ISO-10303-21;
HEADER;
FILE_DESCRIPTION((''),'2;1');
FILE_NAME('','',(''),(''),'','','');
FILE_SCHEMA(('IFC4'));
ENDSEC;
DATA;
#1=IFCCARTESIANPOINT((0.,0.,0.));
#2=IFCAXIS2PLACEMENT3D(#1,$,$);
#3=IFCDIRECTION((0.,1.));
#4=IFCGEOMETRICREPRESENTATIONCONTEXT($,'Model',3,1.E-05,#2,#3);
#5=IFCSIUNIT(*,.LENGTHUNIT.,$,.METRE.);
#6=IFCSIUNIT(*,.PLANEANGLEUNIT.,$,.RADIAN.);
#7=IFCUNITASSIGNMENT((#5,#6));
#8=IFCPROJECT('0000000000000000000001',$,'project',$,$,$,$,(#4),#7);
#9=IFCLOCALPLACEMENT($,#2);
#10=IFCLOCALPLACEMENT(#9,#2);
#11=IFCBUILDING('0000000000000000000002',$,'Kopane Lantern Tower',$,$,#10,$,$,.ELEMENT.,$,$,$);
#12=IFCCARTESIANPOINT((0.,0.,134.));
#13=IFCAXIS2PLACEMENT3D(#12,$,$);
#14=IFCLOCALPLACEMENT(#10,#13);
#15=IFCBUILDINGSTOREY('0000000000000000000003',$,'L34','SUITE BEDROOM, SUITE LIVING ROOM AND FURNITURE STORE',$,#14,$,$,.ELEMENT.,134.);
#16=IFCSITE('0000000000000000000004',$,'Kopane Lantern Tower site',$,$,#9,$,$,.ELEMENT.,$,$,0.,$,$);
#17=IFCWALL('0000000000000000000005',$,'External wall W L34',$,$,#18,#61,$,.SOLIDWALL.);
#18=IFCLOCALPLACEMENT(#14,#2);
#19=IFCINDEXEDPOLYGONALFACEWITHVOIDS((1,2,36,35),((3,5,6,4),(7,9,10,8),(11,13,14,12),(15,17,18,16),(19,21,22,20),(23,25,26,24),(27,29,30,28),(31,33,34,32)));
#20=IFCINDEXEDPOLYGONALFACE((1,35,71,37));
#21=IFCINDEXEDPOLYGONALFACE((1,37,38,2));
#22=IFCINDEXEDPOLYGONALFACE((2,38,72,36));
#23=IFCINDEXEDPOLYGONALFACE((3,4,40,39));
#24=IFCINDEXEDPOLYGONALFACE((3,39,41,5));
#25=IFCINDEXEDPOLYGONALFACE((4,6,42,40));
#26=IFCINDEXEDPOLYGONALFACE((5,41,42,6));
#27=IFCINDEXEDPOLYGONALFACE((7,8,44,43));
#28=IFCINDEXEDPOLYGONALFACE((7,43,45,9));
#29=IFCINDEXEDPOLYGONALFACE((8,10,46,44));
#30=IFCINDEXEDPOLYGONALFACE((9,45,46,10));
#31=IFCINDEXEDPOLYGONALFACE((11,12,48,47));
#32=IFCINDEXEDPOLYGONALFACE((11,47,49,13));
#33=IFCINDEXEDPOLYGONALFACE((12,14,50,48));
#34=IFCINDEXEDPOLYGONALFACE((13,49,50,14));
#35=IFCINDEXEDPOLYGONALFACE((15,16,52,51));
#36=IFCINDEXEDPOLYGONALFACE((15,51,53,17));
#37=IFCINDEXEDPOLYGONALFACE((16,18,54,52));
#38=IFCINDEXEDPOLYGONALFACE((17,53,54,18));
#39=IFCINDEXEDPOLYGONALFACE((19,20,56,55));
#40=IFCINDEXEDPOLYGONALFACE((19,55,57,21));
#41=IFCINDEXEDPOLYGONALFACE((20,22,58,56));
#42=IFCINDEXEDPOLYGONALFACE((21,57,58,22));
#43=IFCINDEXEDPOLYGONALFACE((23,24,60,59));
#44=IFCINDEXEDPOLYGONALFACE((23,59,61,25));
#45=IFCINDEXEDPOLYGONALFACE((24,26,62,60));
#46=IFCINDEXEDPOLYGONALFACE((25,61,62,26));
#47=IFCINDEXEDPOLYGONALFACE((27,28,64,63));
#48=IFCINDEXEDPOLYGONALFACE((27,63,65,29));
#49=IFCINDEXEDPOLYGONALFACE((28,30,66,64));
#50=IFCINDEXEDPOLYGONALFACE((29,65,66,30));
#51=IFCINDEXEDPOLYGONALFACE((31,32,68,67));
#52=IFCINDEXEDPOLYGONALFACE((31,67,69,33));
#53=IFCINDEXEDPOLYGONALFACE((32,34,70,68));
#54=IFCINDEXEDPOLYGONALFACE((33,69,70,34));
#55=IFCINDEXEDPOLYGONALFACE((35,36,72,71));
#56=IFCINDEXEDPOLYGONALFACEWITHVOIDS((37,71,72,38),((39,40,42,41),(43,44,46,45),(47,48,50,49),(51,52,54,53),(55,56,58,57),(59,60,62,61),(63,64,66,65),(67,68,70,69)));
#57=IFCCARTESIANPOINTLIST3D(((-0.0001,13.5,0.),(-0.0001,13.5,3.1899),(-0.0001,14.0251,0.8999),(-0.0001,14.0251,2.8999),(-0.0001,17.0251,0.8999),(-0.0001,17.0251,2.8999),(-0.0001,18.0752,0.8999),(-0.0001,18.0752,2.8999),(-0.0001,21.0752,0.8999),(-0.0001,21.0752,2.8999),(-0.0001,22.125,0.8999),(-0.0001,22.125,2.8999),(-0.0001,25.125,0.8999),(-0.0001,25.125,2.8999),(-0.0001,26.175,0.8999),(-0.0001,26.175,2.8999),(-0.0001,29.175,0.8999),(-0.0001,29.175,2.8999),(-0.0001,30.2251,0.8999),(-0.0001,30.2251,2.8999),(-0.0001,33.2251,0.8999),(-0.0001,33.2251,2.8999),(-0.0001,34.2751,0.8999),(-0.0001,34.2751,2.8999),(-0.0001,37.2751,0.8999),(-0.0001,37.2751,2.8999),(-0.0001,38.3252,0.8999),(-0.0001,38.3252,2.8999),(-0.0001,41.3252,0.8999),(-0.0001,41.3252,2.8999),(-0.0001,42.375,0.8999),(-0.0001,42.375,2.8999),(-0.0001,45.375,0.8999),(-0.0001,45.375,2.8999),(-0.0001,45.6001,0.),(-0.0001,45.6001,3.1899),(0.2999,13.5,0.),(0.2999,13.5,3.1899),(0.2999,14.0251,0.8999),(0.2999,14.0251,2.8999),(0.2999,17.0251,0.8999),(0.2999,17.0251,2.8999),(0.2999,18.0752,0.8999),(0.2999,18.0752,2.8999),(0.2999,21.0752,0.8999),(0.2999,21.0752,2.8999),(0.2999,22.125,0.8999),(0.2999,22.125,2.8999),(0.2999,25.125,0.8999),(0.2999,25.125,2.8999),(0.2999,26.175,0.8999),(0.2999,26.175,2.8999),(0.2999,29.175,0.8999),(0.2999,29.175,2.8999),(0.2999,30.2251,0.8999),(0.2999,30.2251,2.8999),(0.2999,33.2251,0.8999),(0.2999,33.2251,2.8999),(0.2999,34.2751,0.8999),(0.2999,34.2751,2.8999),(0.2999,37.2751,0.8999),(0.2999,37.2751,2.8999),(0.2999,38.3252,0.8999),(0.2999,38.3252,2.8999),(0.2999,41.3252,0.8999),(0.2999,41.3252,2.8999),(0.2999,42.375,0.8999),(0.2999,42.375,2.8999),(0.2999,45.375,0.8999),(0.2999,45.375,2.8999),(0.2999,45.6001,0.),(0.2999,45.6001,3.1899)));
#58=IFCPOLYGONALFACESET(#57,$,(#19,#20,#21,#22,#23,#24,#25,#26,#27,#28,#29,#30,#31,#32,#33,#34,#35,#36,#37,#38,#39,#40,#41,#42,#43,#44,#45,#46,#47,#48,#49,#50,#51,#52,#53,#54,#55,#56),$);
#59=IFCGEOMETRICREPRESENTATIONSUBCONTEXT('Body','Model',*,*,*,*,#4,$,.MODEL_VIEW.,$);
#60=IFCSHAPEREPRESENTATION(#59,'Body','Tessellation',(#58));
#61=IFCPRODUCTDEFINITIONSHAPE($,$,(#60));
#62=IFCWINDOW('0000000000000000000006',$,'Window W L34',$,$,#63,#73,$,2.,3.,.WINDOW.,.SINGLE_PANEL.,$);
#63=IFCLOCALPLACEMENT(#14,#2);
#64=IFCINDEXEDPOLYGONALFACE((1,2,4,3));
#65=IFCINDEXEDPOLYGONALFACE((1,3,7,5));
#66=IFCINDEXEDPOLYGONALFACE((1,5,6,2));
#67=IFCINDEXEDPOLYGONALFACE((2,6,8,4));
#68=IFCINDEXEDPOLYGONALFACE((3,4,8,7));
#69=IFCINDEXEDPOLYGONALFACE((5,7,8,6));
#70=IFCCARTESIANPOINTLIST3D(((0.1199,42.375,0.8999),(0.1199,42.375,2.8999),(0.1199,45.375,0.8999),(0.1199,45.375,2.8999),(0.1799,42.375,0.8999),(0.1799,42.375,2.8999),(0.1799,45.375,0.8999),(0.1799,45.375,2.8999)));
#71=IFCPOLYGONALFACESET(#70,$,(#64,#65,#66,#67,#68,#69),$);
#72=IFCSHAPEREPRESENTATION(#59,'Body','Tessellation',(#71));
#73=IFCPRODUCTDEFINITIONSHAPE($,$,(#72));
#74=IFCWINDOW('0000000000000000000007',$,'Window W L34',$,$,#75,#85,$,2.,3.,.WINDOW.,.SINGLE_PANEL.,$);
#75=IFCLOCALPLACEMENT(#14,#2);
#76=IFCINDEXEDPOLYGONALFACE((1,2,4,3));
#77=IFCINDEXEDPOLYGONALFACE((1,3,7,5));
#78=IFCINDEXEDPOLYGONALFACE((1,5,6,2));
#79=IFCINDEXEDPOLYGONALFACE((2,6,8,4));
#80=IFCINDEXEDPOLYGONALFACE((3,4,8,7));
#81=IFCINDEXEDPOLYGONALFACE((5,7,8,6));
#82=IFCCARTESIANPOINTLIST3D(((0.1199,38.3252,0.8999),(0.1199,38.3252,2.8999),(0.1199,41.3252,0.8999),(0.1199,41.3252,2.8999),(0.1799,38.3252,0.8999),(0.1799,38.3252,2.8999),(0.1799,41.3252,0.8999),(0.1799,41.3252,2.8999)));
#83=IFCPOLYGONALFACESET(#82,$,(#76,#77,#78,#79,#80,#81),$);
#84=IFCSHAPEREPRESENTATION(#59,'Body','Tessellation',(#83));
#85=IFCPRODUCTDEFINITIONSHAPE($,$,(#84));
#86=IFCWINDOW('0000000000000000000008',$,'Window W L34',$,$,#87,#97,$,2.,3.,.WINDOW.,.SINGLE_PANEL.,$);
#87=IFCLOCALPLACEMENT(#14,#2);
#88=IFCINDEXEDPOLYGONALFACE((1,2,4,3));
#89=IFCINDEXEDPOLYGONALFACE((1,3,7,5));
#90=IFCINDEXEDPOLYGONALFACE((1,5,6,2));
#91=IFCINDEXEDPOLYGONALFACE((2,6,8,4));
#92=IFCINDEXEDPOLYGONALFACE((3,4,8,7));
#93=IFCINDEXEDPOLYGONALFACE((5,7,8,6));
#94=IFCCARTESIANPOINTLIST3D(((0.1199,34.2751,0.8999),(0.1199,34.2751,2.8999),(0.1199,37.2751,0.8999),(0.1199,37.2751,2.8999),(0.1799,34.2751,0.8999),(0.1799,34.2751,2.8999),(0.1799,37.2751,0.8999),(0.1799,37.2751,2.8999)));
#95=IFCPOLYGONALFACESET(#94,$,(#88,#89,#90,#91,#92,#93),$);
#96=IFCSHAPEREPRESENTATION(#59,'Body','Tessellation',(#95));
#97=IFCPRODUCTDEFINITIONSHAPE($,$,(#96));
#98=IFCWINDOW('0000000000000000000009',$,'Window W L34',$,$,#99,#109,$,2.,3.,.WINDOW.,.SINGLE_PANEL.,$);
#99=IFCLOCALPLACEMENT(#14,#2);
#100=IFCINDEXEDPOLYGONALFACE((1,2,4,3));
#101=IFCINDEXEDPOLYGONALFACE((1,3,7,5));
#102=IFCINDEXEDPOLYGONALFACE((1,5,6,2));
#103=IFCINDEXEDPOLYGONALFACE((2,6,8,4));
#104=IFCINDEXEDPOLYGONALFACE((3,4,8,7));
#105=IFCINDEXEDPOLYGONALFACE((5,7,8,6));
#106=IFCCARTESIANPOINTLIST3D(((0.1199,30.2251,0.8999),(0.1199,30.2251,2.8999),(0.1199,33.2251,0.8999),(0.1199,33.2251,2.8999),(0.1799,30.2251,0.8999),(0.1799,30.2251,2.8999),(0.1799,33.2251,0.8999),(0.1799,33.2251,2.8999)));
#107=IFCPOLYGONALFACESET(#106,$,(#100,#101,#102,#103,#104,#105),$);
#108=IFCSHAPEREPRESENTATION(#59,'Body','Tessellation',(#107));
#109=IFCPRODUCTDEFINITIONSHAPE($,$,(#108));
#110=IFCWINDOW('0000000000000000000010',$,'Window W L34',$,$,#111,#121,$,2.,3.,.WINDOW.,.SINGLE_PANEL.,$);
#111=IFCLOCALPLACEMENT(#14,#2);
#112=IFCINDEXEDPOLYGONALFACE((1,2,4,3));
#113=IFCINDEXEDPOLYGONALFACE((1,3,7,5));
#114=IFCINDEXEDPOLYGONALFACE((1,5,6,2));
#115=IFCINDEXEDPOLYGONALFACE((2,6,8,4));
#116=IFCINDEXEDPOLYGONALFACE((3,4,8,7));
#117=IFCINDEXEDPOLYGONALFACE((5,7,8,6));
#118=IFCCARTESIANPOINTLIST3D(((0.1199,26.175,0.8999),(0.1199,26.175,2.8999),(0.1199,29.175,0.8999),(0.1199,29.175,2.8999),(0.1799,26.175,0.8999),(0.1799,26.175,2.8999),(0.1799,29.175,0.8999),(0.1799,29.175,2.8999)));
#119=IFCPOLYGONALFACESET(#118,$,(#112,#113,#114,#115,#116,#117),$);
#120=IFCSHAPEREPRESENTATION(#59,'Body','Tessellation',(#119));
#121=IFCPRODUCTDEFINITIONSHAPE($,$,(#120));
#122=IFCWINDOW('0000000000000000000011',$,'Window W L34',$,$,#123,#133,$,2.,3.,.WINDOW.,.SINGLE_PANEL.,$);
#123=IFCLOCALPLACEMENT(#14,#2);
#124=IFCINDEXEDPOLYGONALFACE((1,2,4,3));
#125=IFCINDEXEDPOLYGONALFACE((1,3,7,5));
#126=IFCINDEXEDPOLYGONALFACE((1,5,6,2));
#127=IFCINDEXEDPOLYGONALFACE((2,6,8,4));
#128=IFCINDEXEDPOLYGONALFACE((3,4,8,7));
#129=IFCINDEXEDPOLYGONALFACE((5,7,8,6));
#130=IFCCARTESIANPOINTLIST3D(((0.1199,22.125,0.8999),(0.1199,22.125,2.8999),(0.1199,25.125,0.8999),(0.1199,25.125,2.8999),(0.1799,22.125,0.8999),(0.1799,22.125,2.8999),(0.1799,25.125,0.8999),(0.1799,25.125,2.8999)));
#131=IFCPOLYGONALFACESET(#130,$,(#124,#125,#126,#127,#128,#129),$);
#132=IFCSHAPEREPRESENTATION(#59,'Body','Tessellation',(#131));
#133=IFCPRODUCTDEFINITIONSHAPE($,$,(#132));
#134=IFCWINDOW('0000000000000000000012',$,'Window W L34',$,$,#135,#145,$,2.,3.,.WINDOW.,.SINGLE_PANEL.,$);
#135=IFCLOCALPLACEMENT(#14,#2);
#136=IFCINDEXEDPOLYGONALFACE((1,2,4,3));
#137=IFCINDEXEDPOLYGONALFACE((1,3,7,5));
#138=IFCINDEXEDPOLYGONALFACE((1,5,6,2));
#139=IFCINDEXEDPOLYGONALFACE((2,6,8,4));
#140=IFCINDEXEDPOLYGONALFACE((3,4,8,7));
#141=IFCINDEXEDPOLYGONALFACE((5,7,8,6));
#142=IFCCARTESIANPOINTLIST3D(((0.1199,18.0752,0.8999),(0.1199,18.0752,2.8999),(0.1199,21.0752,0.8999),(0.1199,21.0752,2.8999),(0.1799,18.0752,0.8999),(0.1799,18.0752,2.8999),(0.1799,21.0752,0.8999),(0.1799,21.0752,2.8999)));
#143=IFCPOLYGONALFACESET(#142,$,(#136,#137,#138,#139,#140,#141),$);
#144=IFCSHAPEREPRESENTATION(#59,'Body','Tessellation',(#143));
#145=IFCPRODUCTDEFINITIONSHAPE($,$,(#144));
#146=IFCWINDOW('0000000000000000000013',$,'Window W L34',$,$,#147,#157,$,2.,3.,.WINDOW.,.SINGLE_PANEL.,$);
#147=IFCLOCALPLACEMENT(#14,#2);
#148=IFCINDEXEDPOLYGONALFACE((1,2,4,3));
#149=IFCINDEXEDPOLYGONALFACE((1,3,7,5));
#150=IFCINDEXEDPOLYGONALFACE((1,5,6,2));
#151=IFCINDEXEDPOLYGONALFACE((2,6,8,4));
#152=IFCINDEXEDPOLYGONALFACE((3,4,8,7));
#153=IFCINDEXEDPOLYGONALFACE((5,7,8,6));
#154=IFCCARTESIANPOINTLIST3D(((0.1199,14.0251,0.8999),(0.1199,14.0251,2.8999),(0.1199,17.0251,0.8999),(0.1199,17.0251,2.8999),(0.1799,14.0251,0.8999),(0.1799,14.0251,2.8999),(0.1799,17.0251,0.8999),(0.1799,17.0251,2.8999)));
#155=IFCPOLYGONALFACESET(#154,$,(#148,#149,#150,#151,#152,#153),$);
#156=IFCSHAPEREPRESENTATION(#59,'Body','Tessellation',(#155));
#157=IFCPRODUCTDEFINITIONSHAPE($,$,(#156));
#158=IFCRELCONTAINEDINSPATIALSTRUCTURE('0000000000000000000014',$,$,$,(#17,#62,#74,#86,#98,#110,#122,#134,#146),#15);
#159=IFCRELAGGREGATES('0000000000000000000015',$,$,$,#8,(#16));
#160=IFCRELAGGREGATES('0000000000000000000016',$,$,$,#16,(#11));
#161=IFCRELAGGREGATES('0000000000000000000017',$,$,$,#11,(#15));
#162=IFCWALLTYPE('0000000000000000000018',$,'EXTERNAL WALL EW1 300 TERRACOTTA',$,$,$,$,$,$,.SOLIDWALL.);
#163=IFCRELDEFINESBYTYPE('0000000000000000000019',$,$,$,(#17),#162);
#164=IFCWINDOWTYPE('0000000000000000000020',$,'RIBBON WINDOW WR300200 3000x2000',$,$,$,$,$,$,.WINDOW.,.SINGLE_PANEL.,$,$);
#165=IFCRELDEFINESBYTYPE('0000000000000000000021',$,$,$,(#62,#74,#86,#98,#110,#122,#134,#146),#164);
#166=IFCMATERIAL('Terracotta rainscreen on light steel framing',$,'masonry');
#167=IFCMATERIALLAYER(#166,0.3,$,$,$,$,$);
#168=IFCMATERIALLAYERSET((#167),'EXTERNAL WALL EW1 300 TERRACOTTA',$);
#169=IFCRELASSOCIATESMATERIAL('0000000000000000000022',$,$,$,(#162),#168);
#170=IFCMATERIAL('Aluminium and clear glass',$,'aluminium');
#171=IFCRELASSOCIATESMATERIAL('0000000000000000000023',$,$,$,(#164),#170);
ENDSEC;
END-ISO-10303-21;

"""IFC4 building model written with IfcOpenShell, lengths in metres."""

from ifc_helpers import new_model, si_unit, direction, frame, frame_2d, origin, place, context, subcontext, project, spatial, rectangle, extrude, material, layer, layer_set, type_object, element, fill, save


model = new_model("IFC4")

# Units and contexts
model_context = context("Model", 3, precision=1e-05, world=origin(), true_north=direction((0.0, 1.0)))
body_context = subcontext(model_context, "Body", "Model", "MODEL_VIEW")
ifc_project = project(units=[si_unit("LENGTHUNIT", "METRE"), si_unit("PLANEANGLEUNIT", "RADIAN")], contexts=[model_context])

# Site, building, storey
site_placement = place(None, origin())
site = spatial("IfcSite", under=ifc_project, at=site_placement, Name="Kopane Lantern Tower site", CompositionType="ELEMENT", RefElevation=0.0)
building_placement = place(site_placement, origin())
building = spatial("IfcBuilding", under=site, at=building_placement, Name="Kopane Lantern Tower", CompositionType="ELEMENT")
storey_placement = place(building_placement, frame((0.0, 0.0, 134.0)))
storey = spatial("IfcBuildingStorey", under=building, at=storey_placement, Name="L34", Description="SUITE BEDROOM, SUITE LIVING ROOM AND FURNITURE STORE", CompositionType="ELEMENT", Elevation=134.0)

# Shared definitions
ifc_material_1 = material(Name="Terracotta rainscreen on light steel framing", Category="masonry")
ifc_layer_1 = layer(ifc_material_1, 0.3)
ifc_layer_set_1 = layer_set([ifc_layer_1], Name="EXTERNAL WALL EW1 300 TERRACOTTA")
wall_type_1 = type_object("IfcWallType", Name="EXTERNAL WALL EW1 300 TERRACOTTA", PredefinedType="SOLIDWALL", material=ifc_layer_set_1)

# Wall, openings, windows
wall_1_placement = place(storey_placement, frame((0.1499, 45.6001, 0.0), z_axis=(0.0, 0.0, 1.0), x_axis=(0.0, -1.0, 0.0)))
wall_1 = element("IfcWall", 1, at=wall_1_placement, inside=storey, type_object=wall_type_1, Name="External wall W L34", PredefinedType="SOLIDWALL", context=body_context, shape_type="SweptSolid", body=[
    extrude(rectangle(XDim=32.1001, YDim=0.3, at=frame_2d((16.05, 0.0))), origin(), (0.0, 0.0, 1.0), 3.1899),
])
opening_1_placement = place(wall_1_placement, frame((0.2251, 0.0, 0.8999)))
opening_1 = element("IfcOpeningElement", 2, at=opening_1_placement, cuts=wall_1, PredefinedType="OPENING", context=body_context, shape_type="SweptSolid", body=[
    extrude(rectangle(XDim=3.0, YDim=2.0, at=frame_2d((1.5, 1.0))), frame((0.0, 0.1599, 0.0), z_axis=(0.0, -1.0, 0.0), x_axis=(1.0, 0.0, 0.0)), (0.0, 0.0, 1.0), 0.3201),
])
opening_2_placement = place(wall_1_placement, frame((4.2749, 0.0, 0.8999)))
opening_2 = element("IfcOpeningElement", 3, at=opening_2_placement, cuts=wall_1, PredefinedType="OPENING", context=body_context, shape_type="SweptSolid", body=[
    extrude(rectangle(XDim=3.0, YDim=2.0, at=frame_2d((1.5, 1.0))), frame((0.0, 0.1599, 0.0), z_axis=(0.0, -1.0, 0.0), x_axis=(1.0, 0.0, 0.0)), (0.0, 0.0, 1.0), 0.3201),
])
opening_3_placement = place(wall_1_placement, frame((8.325, 0.0, 0.8999)))
opening_3 = element("IfcOpeningElement", 4, at=opening_3_placement, cuts=wall_1, PredefinedType="OPENING", context=body_context, shape_type="SweptSolid", body=[
    extrude(rectangle(XDim=3.0, YDim=2.0, at=frame_2d((1.5, 1.0))), frame((0.0, 0.1599, 0.0), z_axis=(0.0, -1.0, 0.0), x_axis=(1.0, 0.0, 0.0)), (0.0, 0.0, 1.0), 0.3201),
])
opening_4_placement = place(wall_1_placement, frame((12.375, 0.0, 0.8999)))
opening_4 = element("IfcOpeningElement", 5, at=opening_4_placement, cuts=wall_1, PredefinedType="OPENING", context=body_context, shape_type="SweptSolid", body=[
    extrude(rectangle(XDim=3.0, YDim=2.0, at=frame_2d((1.5, 1.0))), frame((0.0, 0.1599, 0.0), z_axis=(0.0, -1.0, 0.0), x_axis=(1.0, 0.0, 0.0)), (0.0, 0.0, 1.0), 0.3201),
])
opening_5_placement = place(wall_1_placement, frame((16.425, 0.0, 0.8999)))
opening_5 = element("IfcOpeningElement", 6, at=opening_5_placement, cuts=wall_1, PredefinedType="OPENING", context=body_context, shape_type="SweptSolid", body=[
    extrude(rectangle(XDim=3.0, YDim=2.0, at=frame_2d((1.5, 1.0))), frame((0.0, 0.1599, 0.0), z_axis=(0.0, -1.0, 0.0), x_axis=(1.0, 0.0, 0.0)), (0.0, 0.0, 1.0), 0.3201),
])
opening_6_placement = place(wall_1_placement, frame((20.4751, 0.0, 0.8999)))
opening_6 = element("IfcOpeningElement", 7, at=opening_6_placement, cuts=wall_1, PredefinedType="OPENING", context=body_context, shape_type="SweptSolid", body=[
    extrude(rectangle(XDim=3.0, YDim=2.0, at=frame_2d((1.5, 1.0))), frame((0.0, 0.1599, 0.0), z_axis=(0.0, -1.0, 0.0), x_axis=(1.0, 0.0, 0.0)), (0.0, 0.0, 1.0), 0.3201),
])
opening_7_placement = place(wall_1_placement, frame((24.5249, 0.0, 0.8999)))
opening_7 = element("IfcOpeningElement", 8, at=opening_7_placement, cuts=wall_1, PredefinedType="OPENING", context=body_context, shape_type="SweptSolid", body=[
    extrude(rectangle(XDim=3.0, YDim=2.0, at=frame_2d((1.5, 1.0))), frame((0.0, 0.1599, 0.0), z_axis=(0.0, -1.0, 0.0), x_axis=(1.0, 0.0, 0.0)), (0.0, 0.0, 1.0), 0.3201),
])
opening_8_placement = place(wall_1_placement, frame((28.575, 0.0, 0.8999)))
opening_8 = element("IfcOpeningElement", 9, at=opening_8_placement, cuts=wall_1, PredefinedType="OPENING", context=body_context, shape_type="SweptSolid", body=[
    extrude(rectangle(XDim=3.0, YDim=2.0, at=frame_2d((1.5, 1.0))), frame((0.0, 0.1599, 0.0), z_axis=(0.0, -1.0, 0.0), x_axis=(1.0, 0.0, 0.0)), (0.0, 0.0, 1.0), 0.3201),
])
ifc_material_2 = material(Name="Aluminium and clear glass", Category="aluminium")
window_type_1 = type_object("IfcWindowType", Name="RIBBON WINDOW WR300200 3000x2000", PartitioningType="SINGLE_PANEL", PredefinedType="WINDOW", material=ifc_material_2)
window_1_placement = place(opening_1_placement, origin())
window_1 = element("IfcWindow", 10, at=window_1_placement, inside=storey, type_object=window_type_1, Name="Window W L34", OverallHeight=2.0, OverallWidth=3.0, PartitioningType="SINGLE_PANEL", PredefinedType="WINDOW", context=body_context, shape_type="SweptSolid", body=[
    extrude(rectangle(XDim=3.0, YDim=2.0, at=frame_2d((1.5, 1.0))), frame((0.0, 0.03, 0.0), z_axis=(0.0, -1.0, 0.0), x_axis=(1.0, 0.0, 0.0)), (0.0, 0.0, 1.0), 0.0601),
])
fill(opening_1, window_1)
window_2_placement = place(opening_2_placement, origin())
window_2 = element("IfcWindow", 11, at=window_2_placement, inside=storey, type_object=window_type_1, Name="Window W L34", OverallHeight=2.0, OverallWidth=3.0, PartitioningType="SINGLE_PANEL", PredefinedType="WINDOW", context=body_context, shape_type="SweptSolid", body=[
    extrude(rectangle(XDim=3.0, YDim=2.0, at=frame_2d((1.5, 1.0))), frame((0.0, 0.03, 0.0), z_axis=(0.0, -1.0, 0.0), x_axis=(1.0, 0.0, 0.0)), (0.0, 0.0, 1.0), 0.0601),
])
fill(opening_2, window_2)
window_3_placement = place(opening_3_placement, origin())
window_3 = element("IfcWindow", 12, at=window_3_placement, inside=storey, type_object=window_type_1, Name="Window W L34", OverallHeight=2.0, OverallWidth=3.0, PartitioningType="SINGLE_PANEL", PredefinedType="WINDOW", context=body_context, shape_type="SweptSolid", body=[
    extrude(rectangle(XDim=3.0, YDim=2.0, at=frame_2d((1.5, 1.0))), frame((0.0, 0.03, 0.0), z_axis=(0.0, -1.0, 0.0), x_axis=(1.0, 0.0, 0.0)), (0.0, 0.0, 1.0), 0.0601),
])
fill(opening_3, window_3)
window_4_placement = place(opening_4_placement, origin())
window_4 = element("IfcWindow", 13, at=window_4_placement, inside=storey, type_object=window_type_1, Name="Window W L34", OverallHeight=2.0, OverallWidth=3.0, PartitioningType="SINGLE_PANEL", PredefinedType="WINDOW", context=body_context, shape_type="SweptSolid", body=[
    extrude(rectangle(XDim=3.0, YDim=2.0, at=frame_2d((1.5, 1.0))), frame((0.0, 0.03, 0.0), z_axis=(0.0, -1.0, 0.0), x_axis=(1.0, 0.0, 0.0)), (0.0, 0.0, 1.0), 0.0601),
])
fill(opening_4, window_4)
window_5_placement = place(opening_5_placement, origin())
window_5 = element("IfcWindow", 14, at=window_5_placement, inside=storey, type_object=window_type_1, Name="Window W L34", OverallHeight=2.0, OverallWidth=3.0, PartitioningType="SINGLE_PANEL", PredefinedType="WINDOW", context=body_context, shape_type="SweptSolid", body=[
    extrude(rectangle(XDim=3.0, YDim=2.0, at=frame_2d((1.5, 1.0))), frame((0.0, 0.03, 0.0), z_axis=(0.0, -1.0, 0.0), x_axis=(1.0, 0.0, 0.0)), (0.0, 0.0, 1.0), 0.0601),
])
fill(opening_5, window_5)
window_6_placement = place(opening_6_placement, origin())
window_6 = element("IfcWindow", 15, at=window_6_placement, inside=storey, type_object=window_type_1, Name="Window W L34", OverallHeight=2.0, OverallWidth=3.0, PartitioningType="SINGLE_PANEL", PredefinedType="WINDOW", context=body_context, shape_type="SweptSolid", body=[
    extrude(rectangle(XDim=3.0, YDim=2.0, at=frame_2d((1.5, 1.0))), frame((0.0, 0.03, 0.0), z_axis=(0.0, -1.0, 0.0), x_axis=(1.0, 0.0, 0.0)), (0.0, 0.0, 1.0), 0.0601),
])
fill(opening_6, window_6)
window_7_placement = place(opening_7_placement, origin())
window_7 = element("IfcWindow", 16, at=window_7_placement, inside=storey, type_object=window_type_1, Name="Window W L34", OverallHeight=2.0, OverallWidth=3.0, PartitioningType="SINGLE_PANEL", PredefinedType="WINDOW", context=body_context, shape_type="SweptSolid", body=[
    extrude(rectangle(XDim=3.0, YDim=2.0, at=frame_2d((1.5, 1.0))), frame((0.0, 0.03, 0.0), z_axis=(0.0, -1.0, 0.0), x_axis=(1.0, 0.0, 0.0)), (0.0, 0.0, 1.0), 0.0601),
])
fill(opening_7, window_7)
window_8_placement = place(opening_8_placement, origin())
window_8 = element("IfcWindow", 17, at=window_8_placement, inside=storey, type_object=window_type_1, Name="Window W L34", OverallHeight=2.0, OverallWidth=3.0, PartitioningType="SINGLE_PANEL", PredefinedType="WINDOW", context=body_context, shape_type="SweptSolid", body=[
    extrude(rectangle(XDim=3.0, YDim=2.0, at=frame_2d((1.5, 1.0))), frame((0.0, 0.03, 0.0), z_axis=(0.0, -1.0, 0.0), x_axis=(1.0, 0.0, 0.0)), (0.0, 0.0, 1.0), 0.0601),
])
fill(opening_8, window_8)

save(model, "model.ifc")
